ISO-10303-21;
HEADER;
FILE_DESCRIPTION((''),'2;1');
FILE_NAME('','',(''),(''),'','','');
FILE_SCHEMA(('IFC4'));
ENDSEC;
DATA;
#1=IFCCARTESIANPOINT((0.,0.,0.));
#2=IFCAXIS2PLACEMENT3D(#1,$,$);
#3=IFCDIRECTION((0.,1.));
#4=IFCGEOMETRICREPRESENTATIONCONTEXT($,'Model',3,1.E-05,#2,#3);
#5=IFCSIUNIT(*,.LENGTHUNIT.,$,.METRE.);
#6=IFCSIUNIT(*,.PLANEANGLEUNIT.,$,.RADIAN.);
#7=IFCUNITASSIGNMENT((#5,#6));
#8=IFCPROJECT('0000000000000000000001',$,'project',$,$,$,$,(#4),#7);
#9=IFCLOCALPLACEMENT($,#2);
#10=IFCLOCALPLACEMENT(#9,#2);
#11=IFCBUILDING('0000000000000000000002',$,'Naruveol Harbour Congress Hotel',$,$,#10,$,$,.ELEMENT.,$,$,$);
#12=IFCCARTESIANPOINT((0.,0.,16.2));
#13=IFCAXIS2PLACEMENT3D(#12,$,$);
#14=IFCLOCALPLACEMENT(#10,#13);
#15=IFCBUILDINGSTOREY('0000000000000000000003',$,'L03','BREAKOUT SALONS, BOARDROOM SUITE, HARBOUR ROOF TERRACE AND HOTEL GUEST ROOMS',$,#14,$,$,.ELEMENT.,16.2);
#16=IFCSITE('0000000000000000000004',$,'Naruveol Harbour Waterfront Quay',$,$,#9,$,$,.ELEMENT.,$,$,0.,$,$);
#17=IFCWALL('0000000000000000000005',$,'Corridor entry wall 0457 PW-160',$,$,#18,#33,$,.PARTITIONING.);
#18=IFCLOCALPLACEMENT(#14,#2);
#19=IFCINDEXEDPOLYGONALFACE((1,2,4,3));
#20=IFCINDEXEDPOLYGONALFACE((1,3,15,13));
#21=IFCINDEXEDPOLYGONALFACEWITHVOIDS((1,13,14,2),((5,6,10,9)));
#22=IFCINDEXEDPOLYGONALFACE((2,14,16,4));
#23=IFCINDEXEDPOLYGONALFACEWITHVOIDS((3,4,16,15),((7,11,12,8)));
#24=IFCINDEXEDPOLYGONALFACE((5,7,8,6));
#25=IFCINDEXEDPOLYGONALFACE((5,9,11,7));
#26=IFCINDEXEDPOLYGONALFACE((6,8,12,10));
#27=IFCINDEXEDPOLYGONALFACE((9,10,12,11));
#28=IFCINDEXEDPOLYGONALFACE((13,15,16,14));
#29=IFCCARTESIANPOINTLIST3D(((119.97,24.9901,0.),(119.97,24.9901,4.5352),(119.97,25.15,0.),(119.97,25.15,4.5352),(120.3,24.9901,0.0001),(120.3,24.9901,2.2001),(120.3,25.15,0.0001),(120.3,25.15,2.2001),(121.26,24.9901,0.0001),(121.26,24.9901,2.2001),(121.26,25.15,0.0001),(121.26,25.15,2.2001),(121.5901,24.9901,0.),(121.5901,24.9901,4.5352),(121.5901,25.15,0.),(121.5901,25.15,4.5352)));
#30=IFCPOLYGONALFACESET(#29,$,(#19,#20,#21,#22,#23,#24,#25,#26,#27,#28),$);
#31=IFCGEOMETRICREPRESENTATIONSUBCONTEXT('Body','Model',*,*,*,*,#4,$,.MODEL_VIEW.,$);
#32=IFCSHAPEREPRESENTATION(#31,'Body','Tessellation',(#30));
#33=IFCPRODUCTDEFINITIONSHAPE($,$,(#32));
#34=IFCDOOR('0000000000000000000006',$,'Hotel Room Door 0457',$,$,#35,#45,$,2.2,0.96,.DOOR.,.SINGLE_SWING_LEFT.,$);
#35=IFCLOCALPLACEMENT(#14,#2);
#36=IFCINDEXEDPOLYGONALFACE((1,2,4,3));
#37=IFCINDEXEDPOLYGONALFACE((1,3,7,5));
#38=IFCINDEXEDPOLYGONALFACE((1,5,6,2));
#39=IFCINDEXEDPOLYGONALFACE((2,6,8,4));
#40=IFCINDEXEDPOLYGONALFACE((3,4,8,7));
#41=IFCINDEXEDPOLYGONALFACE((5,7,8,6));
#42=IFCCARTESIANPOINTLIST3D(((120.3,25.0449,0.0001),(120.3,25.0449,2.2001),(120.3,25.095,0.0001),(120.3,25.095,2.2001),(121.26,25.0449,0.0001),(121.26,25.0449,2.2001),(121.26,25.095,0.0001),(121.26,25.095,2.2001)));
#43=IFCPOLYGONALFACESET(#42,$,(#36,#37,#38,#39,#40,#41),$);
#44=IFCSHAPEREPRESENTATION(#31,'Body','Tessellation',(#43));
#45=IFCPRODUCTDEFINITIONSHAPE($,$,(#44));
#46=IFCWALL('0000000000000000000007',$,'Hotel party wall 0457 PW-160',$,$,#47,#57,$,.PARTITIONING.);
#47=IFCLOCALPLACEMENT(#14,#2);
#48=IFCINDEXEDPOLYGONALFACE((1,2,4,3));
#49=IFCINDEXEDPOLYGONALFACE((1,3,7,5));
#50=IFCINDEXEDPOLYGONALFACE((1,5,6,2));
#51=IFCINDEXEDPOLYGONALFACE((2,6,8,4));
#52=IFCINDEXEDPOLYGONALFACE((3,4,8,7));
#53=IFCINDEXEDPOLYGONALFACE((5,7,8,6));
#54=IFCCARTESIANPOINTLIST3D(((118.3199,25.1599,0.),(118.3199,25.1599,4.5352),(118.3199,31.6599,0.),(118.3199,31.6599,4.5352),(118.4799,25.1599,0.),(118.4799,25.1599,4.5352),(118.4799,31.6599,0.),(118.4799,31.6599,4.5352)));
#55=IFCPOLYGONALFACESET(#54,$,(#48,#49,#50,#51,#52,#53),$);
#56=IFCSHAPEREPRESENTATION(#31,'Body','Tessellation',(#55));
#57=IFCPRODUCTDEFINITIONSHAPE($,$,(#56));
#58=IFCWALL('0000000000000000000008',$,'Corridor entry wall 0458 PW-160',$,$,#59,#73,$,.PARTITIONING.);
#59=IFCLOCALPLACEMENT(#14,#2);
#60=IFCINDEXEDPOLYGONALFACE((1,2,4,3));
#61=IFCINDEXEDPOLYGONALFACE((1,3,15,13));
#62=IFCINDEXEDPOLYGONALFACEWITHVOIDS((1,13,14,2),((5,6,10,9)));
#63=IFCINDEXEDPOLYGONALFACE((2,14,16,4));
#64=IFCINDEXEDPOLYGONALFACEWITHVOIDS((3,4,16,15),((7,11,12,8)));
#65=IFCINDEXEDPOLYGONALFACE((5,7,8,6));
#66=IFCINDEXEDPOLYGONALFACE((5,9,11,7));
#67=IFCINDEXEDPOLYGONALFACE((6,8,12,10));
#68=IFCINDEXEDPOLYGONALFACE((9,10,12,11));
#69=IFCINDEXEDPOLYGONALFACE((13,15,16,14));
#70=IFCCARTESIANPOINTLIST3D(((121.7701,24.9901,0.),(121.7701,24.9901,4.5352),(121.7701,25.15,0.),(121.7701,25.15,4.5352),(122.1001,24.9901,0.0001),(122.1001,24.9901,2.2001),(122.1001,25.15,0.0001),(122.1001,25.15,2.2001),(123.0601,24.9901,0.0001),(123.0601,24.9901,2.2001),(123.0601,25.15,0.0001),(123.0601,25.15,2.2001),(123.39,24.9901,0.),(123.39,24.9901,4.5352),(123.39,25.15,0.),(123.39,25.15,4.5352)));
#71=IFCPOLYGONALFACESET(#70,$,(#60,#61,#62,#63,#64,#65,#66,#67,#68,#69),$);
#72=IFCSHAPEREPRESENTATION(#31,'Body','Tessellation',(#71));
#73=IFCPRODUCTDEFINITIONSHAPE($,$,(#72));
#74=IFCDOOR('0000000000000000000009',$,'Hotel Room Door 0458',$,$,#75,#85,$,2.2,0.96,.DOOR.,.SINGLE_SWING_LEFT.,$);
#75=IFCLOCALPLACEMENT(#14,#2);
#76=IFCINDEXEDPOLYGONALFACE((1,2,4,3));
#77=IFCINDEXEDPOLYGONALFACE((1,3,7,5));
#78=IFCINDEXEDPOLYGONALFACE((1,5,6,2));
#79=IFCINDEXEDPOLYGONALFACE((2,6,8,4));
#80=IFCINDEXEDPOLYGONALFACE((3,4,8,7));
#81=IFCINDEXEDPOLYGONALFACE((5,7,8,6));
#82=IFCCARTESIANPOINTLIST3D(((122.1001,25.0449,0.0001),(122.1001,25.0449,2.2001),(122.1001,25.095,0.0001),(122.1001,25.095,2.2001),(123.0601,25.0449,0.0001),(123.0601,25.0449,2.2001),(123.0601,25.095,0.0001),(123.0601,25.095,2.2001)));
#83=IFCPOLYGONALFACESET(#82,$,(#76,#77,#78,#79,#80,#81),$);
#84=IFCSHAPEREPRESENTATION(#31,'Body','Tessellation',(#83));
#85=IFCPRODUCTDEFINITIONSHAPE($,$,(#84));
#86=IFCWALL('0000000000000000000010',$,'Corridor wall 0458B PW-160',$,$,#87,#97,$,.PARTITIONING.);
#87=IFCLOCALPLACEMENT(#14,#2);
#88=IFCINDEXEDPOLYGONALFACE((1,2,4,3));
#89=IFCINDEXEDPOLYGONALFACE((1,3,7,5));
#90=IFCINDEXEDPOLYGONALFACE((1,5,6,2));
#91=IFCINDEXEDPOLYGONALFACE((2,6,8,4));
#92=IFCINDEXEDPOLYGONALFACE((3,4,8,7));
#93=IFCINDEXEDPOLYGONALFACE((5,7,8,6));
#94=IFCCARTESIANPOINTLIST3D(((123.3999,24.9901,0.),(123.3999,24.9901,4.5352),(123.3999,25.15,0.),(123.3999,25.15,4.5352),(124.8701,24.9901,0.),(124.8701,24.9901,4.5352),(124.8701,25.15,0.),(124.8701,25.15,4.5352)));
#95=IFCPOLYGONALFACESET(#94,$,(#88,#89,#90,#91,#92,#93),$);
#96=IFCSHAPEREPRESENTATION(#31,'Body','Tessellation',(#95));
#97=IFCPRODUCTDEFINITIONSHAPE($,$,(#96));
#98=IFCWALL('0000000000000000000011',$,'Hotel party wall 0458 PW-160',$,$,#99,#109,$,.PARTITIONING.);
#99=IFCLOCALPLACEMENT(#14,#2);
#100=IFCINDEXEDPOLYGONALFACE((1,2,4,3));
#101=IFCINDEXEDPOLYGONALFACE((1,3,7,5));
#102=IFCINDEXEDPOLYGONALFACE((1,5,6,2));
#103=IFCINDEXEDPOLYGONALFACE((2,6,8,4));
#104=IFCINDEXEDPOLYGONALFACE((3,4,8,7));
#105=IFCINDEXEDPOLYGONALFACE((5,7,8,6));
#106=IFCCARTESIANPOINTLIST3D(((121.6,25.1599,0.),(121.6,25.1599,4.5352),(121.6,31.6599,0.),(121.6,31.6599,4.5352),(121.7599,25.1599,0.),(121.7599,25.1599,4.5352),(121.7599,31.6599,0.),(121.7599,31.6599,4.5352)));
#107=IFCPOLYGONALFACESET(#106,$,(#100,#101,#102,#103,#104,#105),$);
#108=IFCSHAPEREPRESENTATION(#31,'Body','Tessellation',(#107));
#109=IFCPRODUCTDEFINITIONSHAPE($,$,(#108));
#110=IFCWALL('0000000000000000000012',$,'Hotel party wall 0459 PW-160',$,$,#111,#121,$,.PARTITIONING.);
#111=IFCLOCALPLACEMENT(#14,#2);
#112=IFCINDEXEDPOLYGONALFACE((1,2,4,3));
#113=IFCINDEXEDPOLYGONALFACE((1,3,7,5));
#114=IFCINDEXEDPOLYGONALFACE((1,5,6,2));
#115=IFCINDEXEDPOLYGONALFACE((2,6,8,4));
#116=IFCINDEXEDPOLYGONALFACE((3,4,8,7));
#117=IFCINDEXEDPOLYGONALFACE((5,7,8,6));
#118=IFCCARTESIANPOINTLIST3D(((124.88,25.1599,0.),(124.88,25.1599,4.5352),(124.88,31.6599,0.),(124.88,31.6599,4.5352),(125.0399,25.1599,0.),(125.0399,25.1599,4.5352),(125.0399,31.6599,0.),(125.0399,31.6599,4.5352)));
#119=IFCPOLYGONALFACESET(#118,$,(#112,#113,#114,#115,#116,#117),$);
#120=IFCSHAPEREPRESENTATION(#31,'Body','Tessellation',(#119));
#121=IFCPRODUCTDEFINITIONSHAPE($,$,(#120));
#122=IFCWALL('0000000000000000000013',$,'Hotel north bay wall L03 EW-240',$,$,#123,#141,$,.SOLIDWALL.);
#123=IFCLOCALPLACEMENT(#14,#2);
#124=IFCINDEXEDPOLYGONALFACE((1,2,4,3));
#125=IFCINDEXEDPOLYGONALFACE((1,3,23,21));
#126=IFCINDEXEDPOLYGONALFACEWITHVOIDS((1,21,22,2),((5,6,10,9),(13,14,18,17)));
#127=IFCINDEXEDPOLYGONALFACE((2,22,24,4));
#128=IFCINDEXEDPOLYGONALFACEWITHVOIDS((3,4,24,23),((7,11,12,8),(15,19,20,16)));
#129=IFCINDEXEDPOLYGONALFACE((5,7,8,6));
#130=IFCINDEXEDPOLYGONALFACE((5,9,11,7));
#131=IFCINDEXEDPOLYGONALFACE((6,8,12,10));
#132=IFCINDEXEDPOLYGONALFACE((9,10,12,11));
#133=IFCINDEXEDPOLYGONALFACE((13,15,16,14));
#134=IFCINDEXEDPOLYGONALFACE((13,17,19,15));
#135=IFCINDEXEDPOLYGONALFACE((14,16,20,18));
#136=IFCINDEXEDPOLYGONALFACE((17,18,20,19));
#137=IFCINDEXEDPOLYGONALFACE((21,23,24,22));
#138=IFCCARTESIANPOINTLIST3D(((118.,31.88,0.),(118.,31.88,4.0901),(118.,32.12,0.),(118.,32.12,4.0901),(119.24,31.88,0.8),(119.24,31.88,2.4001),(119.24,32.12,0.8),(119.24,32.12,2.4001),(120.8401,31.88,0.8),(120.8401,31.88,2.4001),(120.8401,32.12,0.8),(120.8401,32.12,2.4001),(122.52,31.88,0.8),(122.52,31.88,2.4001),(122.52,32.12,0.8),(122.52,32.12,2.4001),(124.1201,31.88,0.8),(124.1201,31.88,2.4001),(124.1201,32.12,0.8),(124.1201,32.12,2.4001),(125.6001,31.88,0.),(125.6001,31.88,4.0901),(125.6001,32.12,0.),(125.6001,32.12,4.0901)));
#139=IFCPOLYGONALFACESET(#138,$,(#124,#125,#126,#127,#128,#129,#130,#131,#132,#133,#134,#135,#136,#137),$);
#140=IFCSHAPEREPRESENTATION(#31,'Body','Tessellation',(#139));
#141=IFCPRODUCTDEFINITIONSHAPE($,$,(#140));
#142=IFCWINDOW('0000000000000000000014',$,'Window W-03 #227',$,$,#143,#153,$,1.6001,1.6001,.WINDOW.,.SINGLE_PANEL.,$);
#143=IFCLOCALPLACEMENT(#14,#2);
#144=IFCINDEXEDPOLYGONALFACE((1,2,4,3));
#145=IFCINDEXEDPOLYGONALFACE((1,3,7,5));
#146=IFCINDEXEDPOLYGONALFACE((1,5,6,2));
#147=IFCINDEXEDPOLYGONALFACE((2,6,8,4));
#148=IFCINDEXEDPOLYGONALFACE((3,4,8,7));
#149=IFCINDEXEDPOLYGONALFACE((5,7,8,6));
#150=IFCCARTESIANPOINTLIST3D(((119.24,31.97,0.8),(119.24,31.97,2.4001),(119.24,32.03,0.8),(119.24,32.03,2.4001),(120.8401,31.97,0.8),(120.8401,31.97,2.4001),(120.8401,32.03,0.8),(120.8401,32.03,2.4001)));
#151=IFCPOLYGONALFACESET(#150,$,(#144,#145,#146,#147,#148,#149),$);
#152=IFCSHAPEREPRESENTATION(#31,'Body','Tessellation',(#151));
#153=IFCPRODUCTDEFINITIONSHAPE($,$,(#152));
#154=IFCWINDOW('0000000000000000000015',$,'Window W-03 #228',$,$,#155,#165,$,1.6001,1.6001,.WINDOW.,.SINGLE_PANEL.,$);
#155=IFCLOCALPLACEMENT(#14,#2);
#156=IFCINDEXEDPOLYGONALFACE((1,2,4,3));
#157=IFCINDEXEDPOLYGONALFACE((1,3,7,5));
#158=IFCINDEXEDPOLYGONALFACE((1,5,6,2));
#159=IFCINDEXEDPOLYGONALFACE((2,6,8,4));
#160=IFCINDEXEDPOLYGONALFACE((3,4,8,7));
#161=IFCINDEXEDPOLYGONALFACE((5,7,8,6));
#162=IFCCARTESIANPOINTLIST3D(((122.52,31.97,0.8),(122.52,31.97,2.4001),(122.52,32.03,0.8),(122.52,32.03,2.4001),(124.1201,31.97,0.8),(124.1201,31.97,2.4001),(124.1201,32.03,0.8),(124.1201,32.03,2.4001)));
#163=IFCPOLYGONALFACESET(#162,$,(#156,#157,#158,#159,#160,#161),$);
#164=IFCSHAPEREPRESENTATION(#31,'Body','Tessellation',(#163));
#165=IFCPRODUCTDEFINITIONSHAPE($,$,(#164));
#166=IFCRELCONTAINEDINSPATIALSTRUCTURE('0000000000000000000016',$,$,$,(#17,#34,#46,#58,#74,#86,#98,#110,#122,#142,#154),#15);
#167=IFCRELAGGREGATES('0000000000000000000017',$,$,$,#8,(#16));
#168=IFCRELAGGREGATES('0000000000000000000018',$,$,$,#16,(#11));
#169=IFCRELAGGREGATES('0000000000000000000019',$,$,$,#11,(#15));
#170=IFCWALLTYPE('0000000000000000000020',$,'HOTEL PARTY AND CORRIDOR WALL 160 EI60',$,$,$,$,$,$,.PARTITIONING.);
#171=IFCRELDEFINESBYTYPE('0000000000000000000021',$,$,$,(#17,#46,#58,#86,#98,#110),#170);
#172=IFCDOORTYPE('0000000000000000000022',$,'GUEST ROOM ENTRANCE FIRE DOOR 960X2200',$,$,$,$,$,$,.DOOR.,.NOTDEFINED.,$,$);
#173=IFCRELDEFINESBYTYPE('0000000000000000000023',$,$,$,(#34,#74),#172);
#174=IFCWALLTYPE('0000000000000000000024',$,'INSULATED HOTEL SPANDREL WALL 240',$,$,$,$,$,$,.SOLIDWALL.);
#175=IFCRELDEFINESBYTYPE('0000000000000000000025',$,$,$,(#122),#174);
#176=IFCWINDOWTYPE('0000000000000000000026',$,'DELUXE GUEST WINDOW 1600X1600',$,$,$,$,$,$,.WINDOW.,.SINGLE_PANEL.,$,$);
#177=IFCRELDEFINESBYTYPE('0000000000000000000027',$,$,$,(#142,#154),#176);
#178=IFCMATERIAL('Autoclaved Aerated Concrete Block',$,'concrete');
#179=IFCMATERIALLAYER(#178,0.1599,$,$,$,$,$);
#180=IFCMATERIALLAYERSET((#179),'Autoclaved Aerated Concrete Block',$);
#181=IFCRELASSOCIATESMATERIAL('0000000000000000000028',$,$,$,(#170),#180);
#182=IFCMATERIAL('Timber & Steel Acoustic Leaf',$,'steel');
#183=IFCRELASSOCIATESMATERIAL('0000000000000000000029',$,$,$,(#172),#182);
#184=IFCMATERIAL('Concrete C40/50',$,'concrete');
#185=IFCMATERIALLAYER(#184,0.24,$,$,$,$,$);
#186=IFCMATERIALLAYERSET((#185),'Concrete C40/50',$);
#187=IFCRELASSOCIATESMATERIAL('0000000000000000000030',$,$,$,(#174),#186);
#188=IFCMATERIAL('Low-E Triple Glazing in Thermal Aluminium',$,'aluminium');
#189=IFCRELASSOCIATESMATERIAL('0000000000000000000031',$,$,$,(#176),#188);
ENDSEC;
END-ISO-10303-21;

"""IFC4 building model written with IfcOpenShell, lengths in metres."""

from ifc_helpers import new_model, si_unit, direction, frame, frame_2d, origin, place, context, subcontext, project, spatial, rectangle, extrude, material, layer, layer_set, type_object, element, fill, save


model = new_model("IFC4")

# Units and contexts
model_context = context("Model", 3, precision=1e-05, world=origin(), true_north=direction((0.0, 1.0)))
body_context = subcontext(model_context, "Body", "Model", "MODEL_VIEW")
ifc_project = project(units=[si_unit("LENGTHUNIT", "METRE"), si_unit("PLANEANGLEUNIT", "RADIAN")], contexts=[model_context])

# Site, building, storey
site_placement = place(None, origin())
site = spatial("IfcSite", under=ifc_project, at=site_placement, Name="Naruveol Harbour Waterfront Quay", CompositionType="ELEMENT", RefElevation=0.0)
building_placement = place(site_placement, origin())
building = spatial("IfcBuilding", under=site, at=building_placement, Name="Naruveol Harbour Congress Hotel", CompositionType="ELEMENT")
storey_placement = place(building_placement, frame((0.0, 0.0, 16.2)))
storey = spatial("IfcBuildingStorey", under=building, at=storey_placement, Name="L03", Description="BREAKOUT SALONS, BOARDROOM SUITE, HARBOUR ROOF TERRACE AND HOTEL GUEST ROOMS", CompositionType="ELEMENT", Elevation=16.2)

# Shared definitions
ifc_material_1 = material(Name="Autoclaved Aerated Concrete Block", Category="concrete")
ifc_layer_1 = layer(ifc_material_1, 0.1599)
ifc_layer_set_1 = layer_set([ifc_layer_1], Name="Autoclaved Aerated Concrete Block")
wall_type_1 = type_object("IfcWallType", Name="HOTEL PARTY AND CORRIDOR WALL 160 EI60", PredefinedType="PARTITIONING", material=ifc_layer_set_1)

# Wall, opening, door
wall_1_placement = place(storey_placement, frame((119.97, 25.0701, 0.0), z_axis=(0.0, 0.0, 1.0), x_axis=(1.0, 0.0, 0.0)))
wall_1 = element("IfcWall", 1, at=wall_1_placement, inside=storey, type_object=wall_type_1, Name="Corridor entry wall 0457 PW-160", PredefinedType="PARTITIONING", context=body_context, shape_type="SweptSolid", body=[
    extrude(rectangle(XDim=1.6201, YDim=0.1599, at=frame_2d((0.8101, 0.0))), origin(), (0.0, 0.0, 1.0), 4.5352),
])
opening_1_placement = place(wall_1_placement, frame((0.3301, 0.0, 0.0)))
opening_1 = element("IfcOpeningElement", 2, at=opening_1_placement, cuts=wall_1, PredefinedType="OPENING", context=body_context, shape_type="SweptSolid", body=[
    extrude(rectangle(XDim=0.96, YDim=2.2, at=frame_2d((0.48, 1.1001))), frame((0.0, 0.0898, 0.0), z_axis=(0.0, -1.0, 0.0), x_axis=(1.0, 0.0, 0.0)), (0.0, 0.0, 1.0), 0.1799),
])
ifc_material_2 = material(Name="Timber & Steel Acoustic Leaf", Category="steel")
door_type_1 = type_object("IfcDoorType", Name="GUEST ROOM ENTRANCE FIRE DOOR 960X2200", OperationType="NOTDEFINED", PredefinedType="DOOR", material=ifc_material_2)
door_1_placement = place(opening_1_placement, origin())
door_1 = element("IfcDoor", 3, at=door_1_placement, inside=storey, type_object=door_type_1, Name="Hotel Room Door 0457", OperationType="SINGLE_SWING_LEFT", OverallHeight=2.2, OverallWidth=0.96, PredefinedType="DOOR", context=body_context, shape_type="SweptSolid", body=[
    extrude(rectangle(XDim=0.96, YDim=2.2, at=frame_2d((0.48, 1.1001))), frame((0.0, 0.0249, 0.0), z_axis=(0.0, -1.0, 0.0), x_axis=(1.0, 0.0, 0.0)), (0.0, 0.0, 1.0), 0.05),
])
fill(opening_1, door_1)

# Wall
wall_2_placement = place(storey_placement, frame((118.3999, 25.1599, 0.0), z_axis=(0.0, 0.0, 1.0), x_axis=(0.0, 1.0, 0.0)))
element("IfcWall", 4, at=wall_2_placement, inside=storey, type_object=wall_type_1, Name="Hotel party wall 0457 PW-160", PredefinedType="PARTITIONING", context=body_context, shape_type="SweptSolid", body=[
    extrude(rectangle(XDim=6.5, YDim=0.1599, at=frame_2d((3.25, 0.0))), origin(), (0.0, 0.0, 1.0), 4.5352),
])

# Wall, opening, door
wall_3_placement = place(storey_placement, frame((121.77, 25.0701, 0.0), z_axis=(0.0, 0.0, 1.0), x_axis=(1.0, 0.0, 0.0)))
wall_3 = element("IfcWall", 5, at=wall_3_placement, inside=storey, type_object=wall_type_1, Name="Corridor entry wall 0458 PW-160", PredefinedType="PARTITIONING", context=body_context, shape_type="SweptSolid", body=[
    extrude(rectangle(XDim=1.6199, YDim=0.1599, at=frame_2d((0.8101, 0.0))), origin(), (0.0, 0.0, 1.0), 4.5352),
])
opening_2_placement = place(wall_3_placement, frame((0.3301, 0.0, 0.0)))
opening_2 = element("IfcOpeningElement", 6, at=opening_2_placement, cuts=wall_3, PredefinedType="OPENING", context=body_context, shape_type="SweptSolid", body=[
    extrude(rectangle(XDim=0.96, YDim=2.2, at=frame_2d((0.48, 1.1001))), frame((0.0, 0.0898, 0.0), z_axis=(0.0, -1.0, 0.0), x_axis=(1.0, 0.0, 0.0)), (0.0, 0.0, 1.0), 0.1799),
])
door_2_placement = place(opening_2_placement, origin())
door_2 = element("IfcDoor", 7, at=door_2_placement, inside=storey, type_object=door_type_1, Name="Hotel Room Door 0458", OperationType="SINGLE_SWING_LEFT", OverallHeight=2.2, OverallWidth=0.96, PredefinedType="DOOR", context=body_context, shape_type="SweptSolid", body=[
    extrude(rectangle(XDim=0.96, YDim=2.2, at=frame_2d((0.48, 1.1001))), frame((0.0, 0.0249, 0.0), z_axis=(0.0, -1.0, 0.0), x_axis=(1.0, 0.0, 0.0)), (0.0, 0.0, 1.0), 0.05),
])
fill(opening_2, door_2)

# Walls
wall_4_placement = place(storey_placement, frame((123.3999, 25.0701, 0.0), z_axis=(0.0, 0.0, 1.0), x_axis=(1.0, 0.0, 0.0)))
element("IfcWall", 8, at=wall_4_placement, inside=storey, type_object=wall_type_1, Name="Corridor wall 0458B PW-160", PredefinedType="PARTITIONING", context=body_context, shape_type="SweptSolid", body=[
    extrude(rectangle(XDim=1.4702, YDim=0.1599, at=frame_2d((0.7351, 0.0))), origin(), (0.0, 0.0, 1.0), 4.5352),
])
for number, where, z_axis, x_axis, name in (
    (9, (121.6799, 25.1599, 0.0), (0.0, 0.0, 1.0), (0.0, 1.0, 0.0), "Hotel party wall 0458 PW-160"),
    (10, (124.96, 25.1599, 0.0), (0.0, 0.0, 1.0), (0.0, 1.0, 0.0), "Hotel party wall 0459 PW-160"),
):
    element("IfcWall", number, at=place(storey_placement, frame(where, z_axis=z_axis, x_axis=x_axis)), inside=storey, type_object=wall_type_1, Name=name, PredefinedType="PARTITIONING", context=body_context, shape_type="SweptSolid", body=[
        extrude(rectangle(XDim=6.5, YDim=0.1599, at=frame_2d((3.25, 0.0))), origin(), (0.0, 0.0, 1.0), 4.5352),
    ])

# Wall, openings, windows
ifc_material_3 = material(Name="Concrete C40/50", Category="concrete")
ifc_layer_2 = layer(ifc_material_3, 0.24)
ifc_layer_set_2 = layer_set([ifc_layer_2], Name="Concrete C40/50")
wall_type_2 = type_object("IfcWallType", Name="INSULATED HOTEL SPANDREL WALL 240", PredefinedType="SOLIDWALL", material=ifc_layer_set_2)
wall_5_placement = place(storey_placement, frame((118.0, 32.0, 0.0), z_axis=(0.0, 0.0, 1.0), x_axis=(1.0, 0.0, 0.0)))
wall_5 = element("IfcWall", 11, at=wall_5_placement, inside=storey, type_object=wall_type_2, Name="Hotel north bay wall L03 EW-240", PredefinedType="SOLIDWALL", context=body_context, shape_type="SweptSolid", body=[
    extrude(rectangle(XDim=7.6001, YDim=0.24, at=frame_2d((3.8, 0.0))), origin(), (0.0, 0.0, 1.0), 4.0901),
])
opening_3_placement = place(wall_5_placement, frame((1.24, 0.0, 0.8)))
opening_3 = element("IfcOpeningElement", 12, at=opening_3_placement, cuts=wall_5, PredefinedType="OPENING", context=body_context, shape_type="SweptSolid", body=[
    extrude(rectangle(XDim=1.6001, YDim=1.6001, at=frame_2d((0.8, 0.8))), frame((0.0, 0.1299, 0.0), z_axis=(0.0, -1.0, 0.0), x_axis=(1.0, 0.0, 0.0)), (0.0, 0.0, 1.0), 0.26),
])
opening_4_placement = place(wall_5_placement, frame((4.52, 0.0, 0.8)))
opening_4 = element("IfcOpeningElement", 13, at=opening_4_placement, cuts=wall_5, PredefinedType="OPENING", context=body_context, shape_type="SweptSolid", body=[
    extrude(rectangle(XDim=1.6001, YDim=1.6001, at=frame_2d((0.8, 0.8))), frame((0.0, 0.1299, 0.0), z_axis=(0.0, -1.0, 0.0), x_axis=(1.0, 0.0, 0.0)), (0.0, 0.0, 1.0), 0.26),
])
ifc_material_4 = material(Name="Low-E Triple Glazing in Thermal Aluminium", Category="aluminium")
window_type_1 = type_object("IfcWindowType", Name="DELUXE GUEST WINDOW 1600X1600", PartitioningType="SINGLE_PANEL", PredefinedType="WINDOW", material=ifc_material_4)
window_1_placement = place(opening_3_placement, origin())
window_1 = element("IfcWindow", 14, at=window_1_placement, inside=storey, type_object=window_type_1, Name="Window W-03 #227", OverallHeight=1.6001, OverallWidth=1.6001, PartitioningType="SINGLE_PANEL", PredefinedType="WINDOW", context=body_context, shape_type="SweptSolid", body=[
    extrude(rectangle(XDim=1.6001, YDim=1.6001, at=frame_2d((0.8, 0.8))), frame((0.0, 0.03, 0.0), z_axis=(0.0, -1.0, 0.0), x_axis=(1.0, 0.0, 0.0)), (0.0, 0.0, 1.0), 0.0601),
])
fill(opening_3, window_1)
window_2_placement = place(opening_4_placement, origin())
window_2 = element("IfcWindow", 15, at=window_2_placement, inside=storey, type_object=window_type_1, Name="Window W-03 #228", OverallHeight=1.6001, OverallWidth=1.6001, PartitioningType="SINGLE_PANEL", PredefinedType="WINDOW", context=body_context, shape_type="SweptSolid", body=[
    extrude(rectangle(XDim=1.6001, YDim=1.6001, at=frame_2d((0.8, 0.8))), frame((0.0, 0.03, 0.0), z_axis=(0.0, -1.0, 0.0), x_axis=(1.0, 0.0, 0.0)), (0.0, 0.0, 1.0), 0.0601),
])
fill(opening_4, window_2)

save(model, "model.ifc")
